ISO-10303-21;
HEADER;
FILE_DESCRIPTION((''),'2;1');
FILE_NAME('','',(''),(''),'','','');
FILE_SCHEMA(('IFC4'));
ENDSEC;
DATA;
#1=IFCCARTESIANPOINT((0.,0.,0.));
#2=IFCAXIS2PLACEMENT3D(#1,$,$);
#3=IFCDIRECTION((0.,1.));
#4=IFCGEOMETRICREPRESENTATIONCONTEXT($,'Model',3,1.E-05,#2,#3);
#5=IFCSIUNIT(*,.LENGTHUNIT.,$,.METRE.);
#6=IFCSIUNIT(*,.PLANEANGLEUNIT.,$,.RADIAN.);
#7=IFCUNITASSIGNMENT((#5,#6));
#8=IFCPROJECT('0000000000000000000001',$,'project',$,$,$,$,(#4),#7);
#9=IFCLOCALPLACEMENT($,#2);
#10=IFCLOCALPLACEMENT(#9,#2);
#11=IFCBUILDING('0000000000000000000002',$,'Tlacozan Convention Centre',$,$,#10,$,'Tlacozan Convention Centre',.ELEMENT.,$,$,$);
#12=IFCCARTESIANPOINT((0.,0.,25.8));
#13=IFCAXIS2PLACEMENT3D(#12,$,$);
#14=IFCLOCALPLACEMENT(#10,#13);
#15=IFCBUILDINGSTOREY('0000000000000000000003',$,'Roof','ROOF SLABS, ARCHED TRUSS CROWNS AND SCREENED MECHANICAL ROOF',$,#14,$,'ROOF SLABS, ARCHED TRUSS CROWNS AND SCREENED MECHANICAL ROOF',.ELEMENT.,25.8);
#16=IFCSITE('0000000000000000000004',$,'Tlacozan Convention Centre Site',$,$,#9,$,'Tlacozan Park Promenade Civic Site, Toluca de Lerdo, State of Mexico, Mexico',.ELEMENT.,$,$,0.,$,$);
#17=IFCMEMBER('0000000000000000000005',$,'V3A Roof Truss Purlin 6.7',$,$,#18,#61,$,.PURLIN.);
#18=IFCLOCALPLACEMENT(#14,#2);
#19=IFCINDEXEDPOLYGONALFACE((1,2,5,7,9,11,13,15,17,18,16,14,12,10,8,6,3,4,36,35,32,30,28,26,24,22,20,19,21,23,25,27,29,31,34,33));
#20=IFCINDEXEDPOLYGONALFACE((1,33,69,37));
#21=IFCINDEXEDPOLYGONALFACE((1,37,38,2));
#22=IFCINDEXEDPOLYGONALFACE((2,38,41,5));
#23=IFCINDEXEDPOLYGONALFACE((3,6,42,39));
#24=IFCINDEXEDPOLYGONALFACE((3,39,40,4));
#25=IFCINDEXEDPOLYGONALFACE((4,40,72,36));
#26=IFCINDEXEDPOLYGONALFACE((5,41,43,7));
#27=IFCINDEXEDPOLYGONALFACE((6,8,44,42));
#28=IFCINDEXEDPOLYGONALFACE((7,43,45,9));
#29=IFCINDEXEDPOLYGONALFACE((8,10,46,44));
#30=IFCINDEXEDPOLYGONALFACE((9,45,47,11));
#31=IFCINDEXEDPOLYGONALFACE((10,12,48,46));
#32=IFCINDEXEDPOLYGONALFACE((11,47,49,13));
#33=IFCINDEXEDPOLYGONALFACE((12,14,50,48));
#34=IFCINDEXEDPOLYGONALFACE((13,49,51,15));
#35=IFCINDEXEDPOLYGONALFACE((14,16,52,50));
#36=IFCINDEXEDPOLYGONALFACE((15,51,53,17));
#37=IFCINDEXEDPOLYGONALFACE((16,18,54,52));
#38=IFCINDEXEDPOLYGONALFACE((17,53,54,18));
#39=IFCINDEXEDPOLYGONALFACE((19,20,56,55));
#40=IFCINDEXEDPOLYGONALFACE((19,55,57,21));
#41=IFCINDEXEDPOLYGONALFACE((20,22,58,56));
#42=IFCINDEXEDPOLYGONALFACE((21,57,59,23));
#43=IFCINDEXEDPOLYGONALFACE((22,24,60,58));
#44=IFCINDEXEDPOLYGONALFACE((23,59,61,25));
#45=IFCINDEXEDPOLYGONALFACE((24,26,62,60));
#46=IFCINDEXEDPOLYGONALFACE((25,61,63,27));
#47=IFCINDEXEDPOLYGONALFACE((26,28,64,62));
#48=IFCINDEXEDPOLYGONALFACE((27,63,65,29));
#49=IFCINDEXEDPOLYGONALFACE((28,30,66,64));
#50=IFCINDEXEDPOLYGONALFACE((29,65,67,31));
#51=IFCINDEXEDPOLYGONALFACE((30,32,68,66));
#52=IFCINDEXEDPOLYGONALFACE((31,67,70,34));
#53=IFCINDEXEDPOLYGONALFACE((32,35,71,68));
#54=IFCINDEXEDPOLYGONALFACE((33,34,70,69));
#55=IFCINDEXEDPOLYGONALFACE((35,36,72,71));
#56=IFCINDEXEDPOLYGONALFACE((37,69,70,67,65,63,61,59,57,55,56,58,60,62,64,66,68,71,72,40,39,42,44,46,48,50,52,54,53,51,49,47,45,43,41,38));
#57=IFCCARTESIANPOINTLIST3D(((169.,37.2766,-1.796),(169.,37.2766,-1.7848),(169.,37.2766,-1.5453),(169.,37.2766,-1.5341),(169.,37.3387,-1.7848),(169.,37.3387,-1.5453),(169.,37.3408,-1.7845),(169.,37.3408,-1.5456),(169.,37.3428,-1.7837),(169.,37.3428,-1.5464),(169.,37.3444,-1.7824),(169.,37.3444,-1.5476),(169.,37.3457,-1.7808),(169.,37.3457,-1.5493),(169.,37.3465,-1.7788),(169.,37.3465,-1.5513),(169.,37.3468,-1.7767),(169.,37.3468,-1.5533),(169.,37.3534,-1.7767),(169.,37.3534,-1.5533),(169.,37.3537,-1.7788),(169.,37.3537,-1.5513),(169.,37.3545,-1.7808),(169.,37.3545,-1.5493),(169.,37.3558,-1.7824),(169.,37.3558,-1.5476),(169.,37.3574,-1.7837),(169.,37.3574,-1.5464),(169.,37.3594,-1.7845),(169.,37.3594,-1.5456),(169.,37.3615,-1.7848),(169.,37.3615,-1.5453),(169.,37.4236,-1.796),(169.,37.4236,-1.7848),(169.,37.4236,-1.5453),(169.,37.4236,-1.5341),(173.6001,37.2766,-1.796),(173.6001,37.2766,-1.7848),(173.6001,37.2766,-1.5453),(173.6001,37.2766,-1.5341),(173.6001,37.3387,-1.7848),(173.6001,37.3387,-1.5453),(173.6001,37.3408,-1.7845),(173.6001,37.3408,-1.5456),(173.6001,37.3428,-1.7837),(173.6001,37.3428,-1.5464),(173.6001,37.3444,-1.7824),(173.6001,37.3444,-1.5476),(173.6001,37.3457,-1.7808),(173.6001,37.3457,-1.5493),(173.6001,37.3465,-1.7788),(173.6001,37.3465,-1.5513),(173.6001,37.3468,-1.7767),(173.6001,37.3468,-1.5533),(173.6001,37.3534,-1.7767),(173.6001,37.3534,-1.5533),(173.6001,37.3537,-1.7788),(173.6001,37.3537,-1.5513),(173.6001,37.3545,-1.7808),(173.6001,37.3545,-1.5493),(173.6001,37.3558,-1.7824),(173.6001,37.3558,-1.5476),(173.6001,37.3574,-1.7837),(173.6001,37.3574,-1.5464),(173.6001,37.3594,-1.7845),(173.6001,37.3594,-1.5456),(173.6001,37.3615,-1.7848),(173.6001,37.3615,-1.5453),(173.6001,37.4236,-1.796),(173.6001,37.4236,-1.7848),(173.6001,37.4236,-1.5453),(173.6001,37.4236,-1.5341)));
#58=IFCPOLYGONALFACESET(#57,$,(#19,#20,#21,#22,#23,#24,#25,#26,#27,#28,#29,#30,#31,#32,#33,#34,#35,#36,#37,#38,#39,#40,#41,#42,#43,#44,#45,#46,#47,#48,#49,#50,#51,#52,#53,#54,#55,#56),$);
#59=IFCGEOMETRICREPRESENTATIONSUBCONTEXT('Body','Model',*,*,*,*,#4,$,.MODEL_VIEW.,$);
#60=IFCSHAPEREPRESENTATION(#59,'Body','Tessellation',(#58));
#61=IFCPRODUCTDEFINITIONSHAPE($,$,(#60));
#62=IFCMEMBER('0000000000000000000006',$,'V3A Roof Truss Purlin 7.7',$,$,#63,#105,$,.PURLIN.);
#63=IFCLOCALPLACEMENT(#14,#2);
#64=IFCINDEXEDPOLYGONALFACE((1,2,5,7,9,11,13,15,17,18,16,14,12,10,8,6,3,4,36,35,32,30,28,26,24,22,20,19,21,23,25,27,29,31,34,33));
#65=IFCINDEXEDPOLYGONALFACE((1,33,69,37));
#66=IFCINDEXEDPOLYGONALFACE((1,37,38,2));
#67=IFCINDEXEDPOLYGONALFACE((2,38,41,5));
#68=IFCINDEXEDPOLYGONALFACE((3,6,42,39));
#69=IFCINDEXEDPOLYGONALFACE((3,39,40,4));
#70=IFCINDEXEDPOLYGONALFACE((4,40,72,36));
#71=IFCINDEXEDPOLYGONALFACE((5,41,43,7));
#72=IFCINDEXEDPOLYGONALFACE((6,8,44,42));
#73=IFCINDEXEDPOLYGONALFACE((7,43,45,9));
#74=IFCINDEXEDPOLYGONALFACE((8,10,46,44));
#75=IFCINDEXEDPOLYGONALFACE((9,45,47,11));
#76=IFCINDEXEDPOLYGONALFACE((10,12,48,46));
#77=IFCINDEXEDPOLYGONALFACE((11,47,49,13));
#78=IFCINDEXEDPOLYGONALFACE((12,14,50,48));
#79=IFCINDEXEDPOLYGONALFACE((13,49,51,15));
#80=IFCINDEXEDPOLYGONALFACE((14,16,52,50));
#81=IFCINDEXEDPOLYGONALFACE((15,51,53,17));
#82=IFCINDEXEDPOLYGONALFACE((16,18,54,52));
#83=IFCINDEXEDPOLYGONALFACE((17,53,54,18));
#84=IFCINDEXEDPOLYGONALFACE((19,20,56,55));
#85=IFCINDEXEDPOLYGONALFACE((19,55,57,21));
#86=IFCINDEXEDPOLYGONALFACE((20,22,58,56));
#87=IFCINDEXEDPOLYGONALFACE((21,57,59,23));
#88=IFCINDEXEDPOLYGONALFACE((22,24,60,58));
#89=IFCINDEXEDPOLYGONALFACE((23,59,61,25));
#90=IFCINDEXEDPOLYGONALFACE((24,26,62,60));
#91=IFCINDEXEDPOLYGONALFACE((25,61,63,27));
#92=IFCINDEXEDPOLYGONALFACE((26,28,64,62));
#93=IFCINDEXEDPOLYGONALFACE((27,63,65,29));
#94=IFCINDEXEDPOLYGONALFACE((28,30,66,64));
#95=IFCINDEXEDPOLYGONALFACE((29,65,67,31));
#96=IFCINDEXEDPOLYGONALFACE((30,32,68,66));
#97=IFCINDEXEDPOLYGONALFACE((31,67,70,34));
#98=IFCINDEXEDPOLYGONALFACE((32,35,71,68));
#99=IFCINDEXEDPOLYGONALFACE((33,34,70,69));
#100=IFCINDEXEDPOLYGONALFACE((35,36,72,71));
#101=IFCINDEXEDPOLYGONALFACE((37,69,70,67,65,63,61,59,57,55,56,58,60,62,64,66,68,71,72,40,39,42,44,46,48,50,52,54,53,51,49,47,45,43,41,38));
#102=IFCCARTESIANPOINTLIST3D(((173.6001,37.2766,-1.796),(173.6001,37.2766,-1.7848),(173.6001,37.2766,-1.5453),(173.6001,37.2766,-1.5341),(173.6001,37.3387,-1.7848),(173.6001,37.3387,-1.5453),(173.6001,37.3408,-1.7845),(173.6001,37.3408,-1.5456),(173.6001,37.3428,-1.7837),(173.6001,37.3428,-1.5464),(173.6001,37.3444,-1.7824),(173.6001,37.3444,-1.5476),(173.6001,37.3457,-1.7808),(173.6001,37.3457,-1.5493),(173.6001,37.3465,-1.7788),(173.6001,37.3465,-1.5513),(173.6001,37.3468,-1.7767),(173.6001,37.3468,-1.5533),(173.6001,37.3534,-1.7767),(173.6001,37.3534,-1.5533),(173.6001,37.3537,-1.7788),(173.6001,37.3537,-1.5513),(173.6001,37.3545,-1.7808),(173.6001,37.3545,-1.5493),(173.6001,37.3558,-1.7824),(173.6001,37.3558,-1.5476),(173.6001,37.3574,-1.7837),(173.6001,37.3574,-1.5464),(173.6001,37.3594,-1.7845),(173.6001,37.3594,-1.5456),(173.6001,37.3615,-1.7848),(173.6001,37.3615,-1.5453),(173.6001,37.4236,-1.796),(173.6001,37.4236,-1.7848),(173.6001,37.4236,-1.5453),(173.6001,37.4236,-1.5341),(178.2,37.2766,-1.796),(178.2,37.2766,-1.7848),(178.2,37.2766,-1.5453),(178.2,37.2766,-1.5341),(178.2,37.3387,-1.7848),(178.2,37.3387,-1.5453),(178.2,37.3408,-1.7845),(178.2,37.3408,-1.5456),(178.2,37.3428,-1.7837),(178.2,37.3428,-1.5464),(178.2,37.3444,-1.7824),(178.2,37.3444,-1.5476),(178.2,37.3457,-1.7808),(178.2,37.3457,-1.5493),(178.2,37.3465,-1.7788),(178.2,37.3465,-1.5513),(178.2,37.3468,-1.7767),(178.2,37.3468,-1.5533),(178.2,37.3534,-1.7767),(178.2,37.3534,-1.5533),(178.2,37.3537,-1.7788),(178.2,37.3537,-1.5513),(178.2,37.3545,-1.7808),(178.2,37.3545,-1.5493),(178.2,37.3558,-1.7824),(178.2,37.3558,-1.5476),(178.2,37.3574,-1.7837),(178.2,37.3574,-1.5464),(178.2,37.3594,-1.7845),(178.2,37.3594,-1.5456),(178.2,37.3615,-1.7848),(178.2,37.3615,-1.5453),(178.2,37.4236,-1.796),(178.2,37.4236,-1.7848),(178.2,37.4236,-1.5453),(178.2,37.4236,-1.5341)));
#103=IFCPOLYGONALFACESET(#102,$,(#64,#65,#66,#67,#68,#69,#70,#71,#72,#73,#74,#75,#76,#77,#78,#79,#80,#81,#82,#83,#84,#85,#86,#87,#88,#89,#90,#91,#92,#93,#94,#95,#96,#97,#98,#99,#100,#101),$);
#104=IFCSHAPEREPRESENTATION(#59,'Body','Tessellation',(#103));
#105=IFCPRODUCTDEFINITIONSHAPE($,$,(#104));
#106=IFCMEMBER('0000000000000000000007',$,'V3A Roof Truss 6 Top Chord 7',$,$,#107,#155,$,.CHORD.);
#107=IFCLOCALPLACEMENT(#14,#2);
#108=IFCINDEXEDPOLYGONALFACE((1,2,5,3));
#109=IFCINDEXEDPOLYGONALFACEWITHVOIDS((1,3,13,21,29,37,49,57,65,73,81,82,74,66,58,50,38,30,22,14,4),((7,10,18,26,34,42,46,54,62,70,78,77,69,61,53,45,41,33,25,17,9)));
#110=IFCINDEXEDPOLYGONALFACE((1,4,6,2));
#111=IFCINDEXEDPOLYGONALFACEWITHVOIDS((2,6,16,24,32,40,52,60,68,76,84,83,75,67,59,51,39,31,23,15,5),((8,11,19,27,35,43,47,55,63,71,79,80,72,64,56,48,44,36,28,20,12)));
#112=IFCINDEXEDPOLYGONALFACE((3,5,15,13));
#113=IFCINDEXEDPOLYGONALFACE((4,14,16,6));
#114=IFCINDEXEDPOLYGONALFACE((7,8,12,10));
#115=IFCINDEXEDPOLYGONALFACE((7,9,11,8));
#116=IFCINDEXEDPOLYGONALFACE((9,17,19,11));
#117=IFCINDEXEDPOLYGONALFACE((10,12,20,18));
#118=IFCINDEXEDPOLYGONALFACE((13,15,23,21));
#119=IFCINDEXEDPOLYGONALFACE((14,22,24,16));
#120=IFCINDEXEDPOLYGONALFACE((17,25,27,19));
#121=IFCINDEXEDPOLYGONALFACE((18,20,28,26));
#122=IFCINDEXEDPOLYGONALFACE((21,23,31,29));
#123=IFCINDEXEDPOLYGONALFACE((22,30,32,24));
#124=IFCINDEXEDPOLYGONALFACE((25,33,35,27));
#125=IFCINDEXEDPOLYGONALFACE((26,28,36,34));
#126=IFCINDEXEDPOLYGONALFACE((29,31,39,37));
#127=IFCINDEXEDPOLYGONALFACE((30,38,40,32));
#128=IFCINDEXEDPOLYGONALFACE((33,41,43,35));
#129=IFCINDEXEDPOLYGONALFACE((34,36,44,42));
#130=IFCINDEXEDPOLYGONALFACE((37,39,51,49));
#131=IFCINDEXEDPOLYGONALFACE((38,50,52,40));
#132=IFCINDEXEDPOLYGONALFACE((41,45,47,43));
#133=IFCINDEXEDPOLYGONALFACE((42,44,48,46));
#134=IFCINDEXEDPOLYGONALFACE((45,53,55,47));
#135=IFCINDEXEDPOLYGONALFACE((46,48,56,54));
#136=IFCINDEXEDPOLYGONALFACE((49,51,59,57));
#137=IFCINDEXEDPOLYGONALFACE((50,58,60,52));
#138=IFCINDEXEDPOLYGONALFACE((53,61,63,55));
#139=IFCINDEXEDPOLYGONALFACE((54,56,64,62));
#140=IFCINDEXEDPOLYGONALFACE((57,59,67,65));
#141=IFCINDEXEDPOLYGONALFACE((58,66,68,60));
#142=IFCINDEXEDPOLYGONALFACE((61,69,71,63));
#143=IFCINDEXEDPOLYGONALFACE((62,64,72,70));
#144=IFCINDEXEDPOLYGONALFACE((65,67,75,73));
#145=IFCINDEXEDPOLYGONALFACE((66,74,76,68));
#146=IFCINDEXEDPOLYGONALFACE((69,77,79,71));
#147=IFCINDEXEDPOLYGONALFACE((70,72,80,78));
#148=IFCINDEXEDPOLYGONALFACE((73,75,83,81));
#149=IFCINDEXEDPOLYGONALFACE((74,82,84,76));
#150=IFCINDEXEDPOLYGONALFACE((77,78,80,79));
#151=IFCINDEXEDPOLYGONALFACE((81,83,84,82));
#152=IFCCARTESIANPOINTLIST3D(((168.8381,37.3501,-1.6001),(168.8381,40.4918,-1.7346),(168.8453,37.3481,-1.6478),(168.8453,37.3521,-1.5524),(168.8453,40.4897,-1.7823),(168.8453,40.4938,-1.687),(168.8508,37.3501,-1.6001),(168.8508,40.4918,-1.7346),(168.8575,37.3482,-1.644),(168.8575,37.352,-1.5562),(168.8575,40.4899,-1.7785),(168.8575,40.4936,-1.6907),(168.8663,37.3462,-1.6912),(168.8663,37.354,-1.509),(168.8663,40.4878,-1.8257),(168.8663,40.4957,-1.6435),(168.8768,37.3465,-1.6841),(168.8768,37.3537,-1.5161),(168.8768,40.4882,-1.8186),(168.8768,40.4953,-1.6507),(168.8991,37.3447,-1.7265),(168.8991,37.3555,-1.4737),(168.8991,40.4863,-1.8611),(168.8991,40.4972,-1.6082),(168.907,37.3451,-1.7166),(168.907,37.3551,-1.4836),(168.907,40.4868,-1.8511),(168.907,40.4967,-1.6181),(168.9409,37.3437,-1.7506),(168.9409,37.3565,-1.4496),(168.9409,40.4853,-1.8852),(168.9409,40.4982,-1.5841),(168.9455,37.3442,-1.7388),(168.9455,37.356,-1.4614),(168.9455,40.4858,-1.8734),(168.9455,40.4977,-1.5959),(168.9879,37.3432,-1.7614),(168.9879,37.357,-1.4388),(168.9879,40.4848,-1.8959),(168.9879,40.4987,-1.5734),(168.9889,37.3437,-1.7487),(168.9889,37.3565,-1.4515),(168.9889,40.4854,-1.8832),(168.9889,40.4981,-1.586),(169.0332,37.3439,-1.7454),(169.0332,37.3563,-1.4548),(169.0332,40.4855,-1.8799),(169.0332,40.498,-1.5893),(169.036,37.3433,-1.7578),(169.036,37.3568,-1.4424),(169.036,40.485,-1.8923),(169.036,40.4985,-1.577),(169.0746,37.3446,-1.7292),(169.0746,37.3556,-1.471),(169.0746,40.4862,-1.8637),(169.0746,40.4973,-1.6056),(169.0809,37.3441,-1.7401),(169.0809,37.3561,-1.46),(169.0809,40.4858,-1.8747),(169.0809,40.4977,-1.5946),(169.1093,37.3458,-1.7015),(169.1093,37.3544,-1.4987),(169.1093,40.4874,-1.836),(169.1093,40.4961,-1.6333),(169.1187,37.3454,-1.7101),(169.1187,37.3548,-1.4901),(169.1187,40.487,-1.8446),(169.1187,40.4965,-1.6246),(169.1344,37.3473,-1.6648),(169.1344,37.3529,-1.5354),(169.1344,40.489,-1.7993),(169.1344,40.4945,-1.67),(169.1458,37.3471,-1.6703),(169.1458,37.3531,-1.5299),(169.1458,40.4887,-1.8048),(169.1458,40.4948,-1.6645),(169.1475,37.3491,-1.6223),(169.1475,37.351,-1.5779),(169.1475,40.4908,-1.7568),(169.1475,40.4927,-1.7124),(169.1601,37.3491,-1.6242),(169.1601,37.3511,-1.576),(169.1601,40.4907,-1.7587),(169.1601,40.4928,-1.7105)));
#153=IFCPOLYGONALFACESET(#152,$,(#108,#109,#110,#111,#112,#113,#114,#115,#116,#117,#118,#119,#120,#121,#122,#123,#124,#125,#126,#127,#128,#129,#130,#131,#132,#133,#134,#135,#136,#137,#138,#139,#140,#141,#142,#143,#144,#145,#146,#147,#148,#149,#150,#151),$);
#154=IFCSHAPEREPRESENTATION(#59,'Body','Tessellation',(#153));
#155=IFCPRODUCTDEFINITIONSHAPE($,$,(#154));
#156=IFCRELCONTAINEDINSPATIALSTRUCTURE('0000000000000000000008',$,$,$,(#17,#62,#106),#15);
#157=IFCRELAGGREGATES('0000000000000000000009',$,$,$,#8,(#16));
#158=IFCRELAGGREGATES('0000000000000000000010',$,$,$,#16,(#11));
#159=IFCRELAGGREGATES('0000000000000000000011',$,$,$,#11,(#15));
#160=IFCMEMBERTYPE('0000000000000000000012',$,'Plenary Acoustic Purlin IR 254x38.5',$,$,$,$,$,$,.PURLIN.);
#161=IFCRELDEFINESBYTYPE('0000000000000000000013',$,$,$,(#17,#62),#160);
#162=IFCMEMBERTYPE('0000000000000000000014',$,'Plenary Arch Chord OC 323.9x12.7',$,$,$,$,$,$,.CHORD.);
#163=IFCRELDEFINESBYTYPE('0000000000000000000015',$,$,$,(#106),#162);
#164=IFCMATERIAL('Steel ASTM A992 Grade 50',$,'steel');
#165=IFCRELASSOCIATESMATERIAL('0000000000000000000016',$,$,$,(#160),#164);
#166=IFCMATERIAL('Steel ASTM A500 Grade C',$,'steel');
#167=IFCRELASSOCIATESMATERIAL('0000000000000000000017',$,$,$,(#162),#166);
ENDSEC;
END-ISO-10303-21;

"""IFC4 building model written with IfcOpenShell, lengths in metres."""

from ifc_helpers import new_model, si_unit, direction, frame, origin, origin_2d, place, context, subcontext, project, spatial, hollow_circle, i_section, extrude, material, material_profile, profile_set, type_object, element, save


model = new_model("IFC4")

# Units and contexts
model_context = context("Model", 3, precision=1e-05, world=origin(), true_north=direction((0.0, 1.0)))
body_context = subcontext(model_context, "Body", "Model", "MODEL_VIEW")
ifc_project = project(units=[si_unit("LENGTHUNIT", "METRE"), si_unit("PLANEANGLEUNIT", "RADIAN")], contexts=[model_context])

# Site, building, storey
site_placement = place(None, origin())
site = spatial("IfcSite", under=ifc_project, at=site_placement, Name="Tlacozan Convention Centre Site", LongName="Tlacozan Park Promenade Civic Site, Toluca de Lerdo, State of Mexico, Mexico", CompositionType="ELEMENT", RefElevation=0.0)
building_placement = place(site_placement, origin())
building = spatial("IfcBuilding", under=site, at=building_placement, Name="Tlacozan Convention Centre", LongName="Tlacozan Convention Centre", CompositionType="ELEMENT")
storey_placement = place(building_placement, frame((0.0, 0.0, 25.8)))
storey = spatial("IfcBuildingStorey", under=building, at=storey_placement, Name="Roof", Description="ROOF SLABS, ARCHED TRUSS CROWNS AND SCREENED MECHANICAL ROOF", LongName="ROOF SLABS, ARCHED TRUSS CROWNS AND SCREENED MECHANICAL ROOF", CompositionType="ELEMENT", Elevation=25.8)

# Members
ifc_material_1 = material(Name="Steel ASTM A992 Grade 50", Category="steel")
ifc_material_profile_1 = material_profile(ifc_material_1, i_section(OverallWidth=0.147, OverallDepth=0.262, WebThickness=0.0066, FlangeThickness=0.0112, FilletRadius=0.0081, at=origin_2d()), Name="IR 254x38.5")
ifc_profile_set_1 = profile_set([ifc_material_profile_1], Name="Steel ASTM A992 Grade 50")
member_type_1 = type_object("IfcMemberType", Name="Plenary Acoustic Purlin IR 254x38.5", PredefinedType="PURLIN", material=ifc_profile_set_1)
member_1_placement = place(storey_placement, frame((169.0, 37.3501, -1.665), z_axis=(1.0, 0.0, 0.0), x_axis=(0.0, 1.0, 0.0)))
element("IfcMember", 1, at=member_1_placement, inside=storey, type_object=member_type_1, Name="V3A Roof Truss Purlin 6.7", PredefinedType="PURLIN", context=body_context, shape_type="SweptSolid", body=[
    extrude(i_section(OverallWidth=0.147, OverallDepth=0.262, WebThickness=0.0066, FlangeThickness=0.0112, FilletRadius=0.0081, at=origin_2d()), origin(), (0.0, 0.0, 1.0), 4.6001),
])
member_2_placement = place(storey_placement, frame((173.6001, 37.3501, -1.665), z_axis=(1.0, 0.0, 0.0), x_axis=(0.0, 1.0, 0.0)))
element("IfcMember", 2, at=member_2_placement, inside=storey, type_object=member_type_1, Name="V3A Roof Truss Purlin 7.7", PredefinedType="PURLIN", context=body_context, shape_type="SweptSolid", body=[
    extrude(i_section(OverallWidth=0.147, OverallDepth=0.262, WebThickness=0.0066, FlangeThickness=0.0112, FilletRadius=0.0081, at=origin_2d()), origin(), (0.0, 0.0, 1.0), 4.5999),
])
ifc_material_2 = material(Name="Steel ASTM A500 Grade C", Category="steel")
ifc_material_profile_2 = material_profile(ifc_material_2, hollow_circle(Radius=0.1619, WallThickness=0.0127, at=origin_2d()), Name="OC 323.9x12.7")
ifc_profile_set_2 = profile_set([ifc_material_profile_2], Name="Steel ASTM A500 Grade C")
member_type_2 = type_object("IfcMemberType", Name="Plenary Arch Chord OC 323.9x12.7", PredefinedType="CHORD", material=ifc_profile_set_2)
for number, where, z_axis, x_axis, name in (
    (3, (169.0, 37.3501, -1.6001), (0.0, 0.999085, -0.04278), (-1.0, 0.0, 0.0), "V3A Roof Truss 6 Top Chord 7"),
):
    element("IfcMember", number, at=place(storey_placement, frame(where, z_axis=z_axis, x_axis=x_axis)), inside=storey, type_object=member_type_2, Name=name, PredefinedType="CHORD", context=body_context, shape_type="SweptSolid", body=[
        extrude(hollow_circle(Radius=0.1619, WallThickness=0.0127, at=origin_2d()), origin(), (0.0, 0.0, 1.0), 3.1445),
    ])

save(model, "model.ifc")
